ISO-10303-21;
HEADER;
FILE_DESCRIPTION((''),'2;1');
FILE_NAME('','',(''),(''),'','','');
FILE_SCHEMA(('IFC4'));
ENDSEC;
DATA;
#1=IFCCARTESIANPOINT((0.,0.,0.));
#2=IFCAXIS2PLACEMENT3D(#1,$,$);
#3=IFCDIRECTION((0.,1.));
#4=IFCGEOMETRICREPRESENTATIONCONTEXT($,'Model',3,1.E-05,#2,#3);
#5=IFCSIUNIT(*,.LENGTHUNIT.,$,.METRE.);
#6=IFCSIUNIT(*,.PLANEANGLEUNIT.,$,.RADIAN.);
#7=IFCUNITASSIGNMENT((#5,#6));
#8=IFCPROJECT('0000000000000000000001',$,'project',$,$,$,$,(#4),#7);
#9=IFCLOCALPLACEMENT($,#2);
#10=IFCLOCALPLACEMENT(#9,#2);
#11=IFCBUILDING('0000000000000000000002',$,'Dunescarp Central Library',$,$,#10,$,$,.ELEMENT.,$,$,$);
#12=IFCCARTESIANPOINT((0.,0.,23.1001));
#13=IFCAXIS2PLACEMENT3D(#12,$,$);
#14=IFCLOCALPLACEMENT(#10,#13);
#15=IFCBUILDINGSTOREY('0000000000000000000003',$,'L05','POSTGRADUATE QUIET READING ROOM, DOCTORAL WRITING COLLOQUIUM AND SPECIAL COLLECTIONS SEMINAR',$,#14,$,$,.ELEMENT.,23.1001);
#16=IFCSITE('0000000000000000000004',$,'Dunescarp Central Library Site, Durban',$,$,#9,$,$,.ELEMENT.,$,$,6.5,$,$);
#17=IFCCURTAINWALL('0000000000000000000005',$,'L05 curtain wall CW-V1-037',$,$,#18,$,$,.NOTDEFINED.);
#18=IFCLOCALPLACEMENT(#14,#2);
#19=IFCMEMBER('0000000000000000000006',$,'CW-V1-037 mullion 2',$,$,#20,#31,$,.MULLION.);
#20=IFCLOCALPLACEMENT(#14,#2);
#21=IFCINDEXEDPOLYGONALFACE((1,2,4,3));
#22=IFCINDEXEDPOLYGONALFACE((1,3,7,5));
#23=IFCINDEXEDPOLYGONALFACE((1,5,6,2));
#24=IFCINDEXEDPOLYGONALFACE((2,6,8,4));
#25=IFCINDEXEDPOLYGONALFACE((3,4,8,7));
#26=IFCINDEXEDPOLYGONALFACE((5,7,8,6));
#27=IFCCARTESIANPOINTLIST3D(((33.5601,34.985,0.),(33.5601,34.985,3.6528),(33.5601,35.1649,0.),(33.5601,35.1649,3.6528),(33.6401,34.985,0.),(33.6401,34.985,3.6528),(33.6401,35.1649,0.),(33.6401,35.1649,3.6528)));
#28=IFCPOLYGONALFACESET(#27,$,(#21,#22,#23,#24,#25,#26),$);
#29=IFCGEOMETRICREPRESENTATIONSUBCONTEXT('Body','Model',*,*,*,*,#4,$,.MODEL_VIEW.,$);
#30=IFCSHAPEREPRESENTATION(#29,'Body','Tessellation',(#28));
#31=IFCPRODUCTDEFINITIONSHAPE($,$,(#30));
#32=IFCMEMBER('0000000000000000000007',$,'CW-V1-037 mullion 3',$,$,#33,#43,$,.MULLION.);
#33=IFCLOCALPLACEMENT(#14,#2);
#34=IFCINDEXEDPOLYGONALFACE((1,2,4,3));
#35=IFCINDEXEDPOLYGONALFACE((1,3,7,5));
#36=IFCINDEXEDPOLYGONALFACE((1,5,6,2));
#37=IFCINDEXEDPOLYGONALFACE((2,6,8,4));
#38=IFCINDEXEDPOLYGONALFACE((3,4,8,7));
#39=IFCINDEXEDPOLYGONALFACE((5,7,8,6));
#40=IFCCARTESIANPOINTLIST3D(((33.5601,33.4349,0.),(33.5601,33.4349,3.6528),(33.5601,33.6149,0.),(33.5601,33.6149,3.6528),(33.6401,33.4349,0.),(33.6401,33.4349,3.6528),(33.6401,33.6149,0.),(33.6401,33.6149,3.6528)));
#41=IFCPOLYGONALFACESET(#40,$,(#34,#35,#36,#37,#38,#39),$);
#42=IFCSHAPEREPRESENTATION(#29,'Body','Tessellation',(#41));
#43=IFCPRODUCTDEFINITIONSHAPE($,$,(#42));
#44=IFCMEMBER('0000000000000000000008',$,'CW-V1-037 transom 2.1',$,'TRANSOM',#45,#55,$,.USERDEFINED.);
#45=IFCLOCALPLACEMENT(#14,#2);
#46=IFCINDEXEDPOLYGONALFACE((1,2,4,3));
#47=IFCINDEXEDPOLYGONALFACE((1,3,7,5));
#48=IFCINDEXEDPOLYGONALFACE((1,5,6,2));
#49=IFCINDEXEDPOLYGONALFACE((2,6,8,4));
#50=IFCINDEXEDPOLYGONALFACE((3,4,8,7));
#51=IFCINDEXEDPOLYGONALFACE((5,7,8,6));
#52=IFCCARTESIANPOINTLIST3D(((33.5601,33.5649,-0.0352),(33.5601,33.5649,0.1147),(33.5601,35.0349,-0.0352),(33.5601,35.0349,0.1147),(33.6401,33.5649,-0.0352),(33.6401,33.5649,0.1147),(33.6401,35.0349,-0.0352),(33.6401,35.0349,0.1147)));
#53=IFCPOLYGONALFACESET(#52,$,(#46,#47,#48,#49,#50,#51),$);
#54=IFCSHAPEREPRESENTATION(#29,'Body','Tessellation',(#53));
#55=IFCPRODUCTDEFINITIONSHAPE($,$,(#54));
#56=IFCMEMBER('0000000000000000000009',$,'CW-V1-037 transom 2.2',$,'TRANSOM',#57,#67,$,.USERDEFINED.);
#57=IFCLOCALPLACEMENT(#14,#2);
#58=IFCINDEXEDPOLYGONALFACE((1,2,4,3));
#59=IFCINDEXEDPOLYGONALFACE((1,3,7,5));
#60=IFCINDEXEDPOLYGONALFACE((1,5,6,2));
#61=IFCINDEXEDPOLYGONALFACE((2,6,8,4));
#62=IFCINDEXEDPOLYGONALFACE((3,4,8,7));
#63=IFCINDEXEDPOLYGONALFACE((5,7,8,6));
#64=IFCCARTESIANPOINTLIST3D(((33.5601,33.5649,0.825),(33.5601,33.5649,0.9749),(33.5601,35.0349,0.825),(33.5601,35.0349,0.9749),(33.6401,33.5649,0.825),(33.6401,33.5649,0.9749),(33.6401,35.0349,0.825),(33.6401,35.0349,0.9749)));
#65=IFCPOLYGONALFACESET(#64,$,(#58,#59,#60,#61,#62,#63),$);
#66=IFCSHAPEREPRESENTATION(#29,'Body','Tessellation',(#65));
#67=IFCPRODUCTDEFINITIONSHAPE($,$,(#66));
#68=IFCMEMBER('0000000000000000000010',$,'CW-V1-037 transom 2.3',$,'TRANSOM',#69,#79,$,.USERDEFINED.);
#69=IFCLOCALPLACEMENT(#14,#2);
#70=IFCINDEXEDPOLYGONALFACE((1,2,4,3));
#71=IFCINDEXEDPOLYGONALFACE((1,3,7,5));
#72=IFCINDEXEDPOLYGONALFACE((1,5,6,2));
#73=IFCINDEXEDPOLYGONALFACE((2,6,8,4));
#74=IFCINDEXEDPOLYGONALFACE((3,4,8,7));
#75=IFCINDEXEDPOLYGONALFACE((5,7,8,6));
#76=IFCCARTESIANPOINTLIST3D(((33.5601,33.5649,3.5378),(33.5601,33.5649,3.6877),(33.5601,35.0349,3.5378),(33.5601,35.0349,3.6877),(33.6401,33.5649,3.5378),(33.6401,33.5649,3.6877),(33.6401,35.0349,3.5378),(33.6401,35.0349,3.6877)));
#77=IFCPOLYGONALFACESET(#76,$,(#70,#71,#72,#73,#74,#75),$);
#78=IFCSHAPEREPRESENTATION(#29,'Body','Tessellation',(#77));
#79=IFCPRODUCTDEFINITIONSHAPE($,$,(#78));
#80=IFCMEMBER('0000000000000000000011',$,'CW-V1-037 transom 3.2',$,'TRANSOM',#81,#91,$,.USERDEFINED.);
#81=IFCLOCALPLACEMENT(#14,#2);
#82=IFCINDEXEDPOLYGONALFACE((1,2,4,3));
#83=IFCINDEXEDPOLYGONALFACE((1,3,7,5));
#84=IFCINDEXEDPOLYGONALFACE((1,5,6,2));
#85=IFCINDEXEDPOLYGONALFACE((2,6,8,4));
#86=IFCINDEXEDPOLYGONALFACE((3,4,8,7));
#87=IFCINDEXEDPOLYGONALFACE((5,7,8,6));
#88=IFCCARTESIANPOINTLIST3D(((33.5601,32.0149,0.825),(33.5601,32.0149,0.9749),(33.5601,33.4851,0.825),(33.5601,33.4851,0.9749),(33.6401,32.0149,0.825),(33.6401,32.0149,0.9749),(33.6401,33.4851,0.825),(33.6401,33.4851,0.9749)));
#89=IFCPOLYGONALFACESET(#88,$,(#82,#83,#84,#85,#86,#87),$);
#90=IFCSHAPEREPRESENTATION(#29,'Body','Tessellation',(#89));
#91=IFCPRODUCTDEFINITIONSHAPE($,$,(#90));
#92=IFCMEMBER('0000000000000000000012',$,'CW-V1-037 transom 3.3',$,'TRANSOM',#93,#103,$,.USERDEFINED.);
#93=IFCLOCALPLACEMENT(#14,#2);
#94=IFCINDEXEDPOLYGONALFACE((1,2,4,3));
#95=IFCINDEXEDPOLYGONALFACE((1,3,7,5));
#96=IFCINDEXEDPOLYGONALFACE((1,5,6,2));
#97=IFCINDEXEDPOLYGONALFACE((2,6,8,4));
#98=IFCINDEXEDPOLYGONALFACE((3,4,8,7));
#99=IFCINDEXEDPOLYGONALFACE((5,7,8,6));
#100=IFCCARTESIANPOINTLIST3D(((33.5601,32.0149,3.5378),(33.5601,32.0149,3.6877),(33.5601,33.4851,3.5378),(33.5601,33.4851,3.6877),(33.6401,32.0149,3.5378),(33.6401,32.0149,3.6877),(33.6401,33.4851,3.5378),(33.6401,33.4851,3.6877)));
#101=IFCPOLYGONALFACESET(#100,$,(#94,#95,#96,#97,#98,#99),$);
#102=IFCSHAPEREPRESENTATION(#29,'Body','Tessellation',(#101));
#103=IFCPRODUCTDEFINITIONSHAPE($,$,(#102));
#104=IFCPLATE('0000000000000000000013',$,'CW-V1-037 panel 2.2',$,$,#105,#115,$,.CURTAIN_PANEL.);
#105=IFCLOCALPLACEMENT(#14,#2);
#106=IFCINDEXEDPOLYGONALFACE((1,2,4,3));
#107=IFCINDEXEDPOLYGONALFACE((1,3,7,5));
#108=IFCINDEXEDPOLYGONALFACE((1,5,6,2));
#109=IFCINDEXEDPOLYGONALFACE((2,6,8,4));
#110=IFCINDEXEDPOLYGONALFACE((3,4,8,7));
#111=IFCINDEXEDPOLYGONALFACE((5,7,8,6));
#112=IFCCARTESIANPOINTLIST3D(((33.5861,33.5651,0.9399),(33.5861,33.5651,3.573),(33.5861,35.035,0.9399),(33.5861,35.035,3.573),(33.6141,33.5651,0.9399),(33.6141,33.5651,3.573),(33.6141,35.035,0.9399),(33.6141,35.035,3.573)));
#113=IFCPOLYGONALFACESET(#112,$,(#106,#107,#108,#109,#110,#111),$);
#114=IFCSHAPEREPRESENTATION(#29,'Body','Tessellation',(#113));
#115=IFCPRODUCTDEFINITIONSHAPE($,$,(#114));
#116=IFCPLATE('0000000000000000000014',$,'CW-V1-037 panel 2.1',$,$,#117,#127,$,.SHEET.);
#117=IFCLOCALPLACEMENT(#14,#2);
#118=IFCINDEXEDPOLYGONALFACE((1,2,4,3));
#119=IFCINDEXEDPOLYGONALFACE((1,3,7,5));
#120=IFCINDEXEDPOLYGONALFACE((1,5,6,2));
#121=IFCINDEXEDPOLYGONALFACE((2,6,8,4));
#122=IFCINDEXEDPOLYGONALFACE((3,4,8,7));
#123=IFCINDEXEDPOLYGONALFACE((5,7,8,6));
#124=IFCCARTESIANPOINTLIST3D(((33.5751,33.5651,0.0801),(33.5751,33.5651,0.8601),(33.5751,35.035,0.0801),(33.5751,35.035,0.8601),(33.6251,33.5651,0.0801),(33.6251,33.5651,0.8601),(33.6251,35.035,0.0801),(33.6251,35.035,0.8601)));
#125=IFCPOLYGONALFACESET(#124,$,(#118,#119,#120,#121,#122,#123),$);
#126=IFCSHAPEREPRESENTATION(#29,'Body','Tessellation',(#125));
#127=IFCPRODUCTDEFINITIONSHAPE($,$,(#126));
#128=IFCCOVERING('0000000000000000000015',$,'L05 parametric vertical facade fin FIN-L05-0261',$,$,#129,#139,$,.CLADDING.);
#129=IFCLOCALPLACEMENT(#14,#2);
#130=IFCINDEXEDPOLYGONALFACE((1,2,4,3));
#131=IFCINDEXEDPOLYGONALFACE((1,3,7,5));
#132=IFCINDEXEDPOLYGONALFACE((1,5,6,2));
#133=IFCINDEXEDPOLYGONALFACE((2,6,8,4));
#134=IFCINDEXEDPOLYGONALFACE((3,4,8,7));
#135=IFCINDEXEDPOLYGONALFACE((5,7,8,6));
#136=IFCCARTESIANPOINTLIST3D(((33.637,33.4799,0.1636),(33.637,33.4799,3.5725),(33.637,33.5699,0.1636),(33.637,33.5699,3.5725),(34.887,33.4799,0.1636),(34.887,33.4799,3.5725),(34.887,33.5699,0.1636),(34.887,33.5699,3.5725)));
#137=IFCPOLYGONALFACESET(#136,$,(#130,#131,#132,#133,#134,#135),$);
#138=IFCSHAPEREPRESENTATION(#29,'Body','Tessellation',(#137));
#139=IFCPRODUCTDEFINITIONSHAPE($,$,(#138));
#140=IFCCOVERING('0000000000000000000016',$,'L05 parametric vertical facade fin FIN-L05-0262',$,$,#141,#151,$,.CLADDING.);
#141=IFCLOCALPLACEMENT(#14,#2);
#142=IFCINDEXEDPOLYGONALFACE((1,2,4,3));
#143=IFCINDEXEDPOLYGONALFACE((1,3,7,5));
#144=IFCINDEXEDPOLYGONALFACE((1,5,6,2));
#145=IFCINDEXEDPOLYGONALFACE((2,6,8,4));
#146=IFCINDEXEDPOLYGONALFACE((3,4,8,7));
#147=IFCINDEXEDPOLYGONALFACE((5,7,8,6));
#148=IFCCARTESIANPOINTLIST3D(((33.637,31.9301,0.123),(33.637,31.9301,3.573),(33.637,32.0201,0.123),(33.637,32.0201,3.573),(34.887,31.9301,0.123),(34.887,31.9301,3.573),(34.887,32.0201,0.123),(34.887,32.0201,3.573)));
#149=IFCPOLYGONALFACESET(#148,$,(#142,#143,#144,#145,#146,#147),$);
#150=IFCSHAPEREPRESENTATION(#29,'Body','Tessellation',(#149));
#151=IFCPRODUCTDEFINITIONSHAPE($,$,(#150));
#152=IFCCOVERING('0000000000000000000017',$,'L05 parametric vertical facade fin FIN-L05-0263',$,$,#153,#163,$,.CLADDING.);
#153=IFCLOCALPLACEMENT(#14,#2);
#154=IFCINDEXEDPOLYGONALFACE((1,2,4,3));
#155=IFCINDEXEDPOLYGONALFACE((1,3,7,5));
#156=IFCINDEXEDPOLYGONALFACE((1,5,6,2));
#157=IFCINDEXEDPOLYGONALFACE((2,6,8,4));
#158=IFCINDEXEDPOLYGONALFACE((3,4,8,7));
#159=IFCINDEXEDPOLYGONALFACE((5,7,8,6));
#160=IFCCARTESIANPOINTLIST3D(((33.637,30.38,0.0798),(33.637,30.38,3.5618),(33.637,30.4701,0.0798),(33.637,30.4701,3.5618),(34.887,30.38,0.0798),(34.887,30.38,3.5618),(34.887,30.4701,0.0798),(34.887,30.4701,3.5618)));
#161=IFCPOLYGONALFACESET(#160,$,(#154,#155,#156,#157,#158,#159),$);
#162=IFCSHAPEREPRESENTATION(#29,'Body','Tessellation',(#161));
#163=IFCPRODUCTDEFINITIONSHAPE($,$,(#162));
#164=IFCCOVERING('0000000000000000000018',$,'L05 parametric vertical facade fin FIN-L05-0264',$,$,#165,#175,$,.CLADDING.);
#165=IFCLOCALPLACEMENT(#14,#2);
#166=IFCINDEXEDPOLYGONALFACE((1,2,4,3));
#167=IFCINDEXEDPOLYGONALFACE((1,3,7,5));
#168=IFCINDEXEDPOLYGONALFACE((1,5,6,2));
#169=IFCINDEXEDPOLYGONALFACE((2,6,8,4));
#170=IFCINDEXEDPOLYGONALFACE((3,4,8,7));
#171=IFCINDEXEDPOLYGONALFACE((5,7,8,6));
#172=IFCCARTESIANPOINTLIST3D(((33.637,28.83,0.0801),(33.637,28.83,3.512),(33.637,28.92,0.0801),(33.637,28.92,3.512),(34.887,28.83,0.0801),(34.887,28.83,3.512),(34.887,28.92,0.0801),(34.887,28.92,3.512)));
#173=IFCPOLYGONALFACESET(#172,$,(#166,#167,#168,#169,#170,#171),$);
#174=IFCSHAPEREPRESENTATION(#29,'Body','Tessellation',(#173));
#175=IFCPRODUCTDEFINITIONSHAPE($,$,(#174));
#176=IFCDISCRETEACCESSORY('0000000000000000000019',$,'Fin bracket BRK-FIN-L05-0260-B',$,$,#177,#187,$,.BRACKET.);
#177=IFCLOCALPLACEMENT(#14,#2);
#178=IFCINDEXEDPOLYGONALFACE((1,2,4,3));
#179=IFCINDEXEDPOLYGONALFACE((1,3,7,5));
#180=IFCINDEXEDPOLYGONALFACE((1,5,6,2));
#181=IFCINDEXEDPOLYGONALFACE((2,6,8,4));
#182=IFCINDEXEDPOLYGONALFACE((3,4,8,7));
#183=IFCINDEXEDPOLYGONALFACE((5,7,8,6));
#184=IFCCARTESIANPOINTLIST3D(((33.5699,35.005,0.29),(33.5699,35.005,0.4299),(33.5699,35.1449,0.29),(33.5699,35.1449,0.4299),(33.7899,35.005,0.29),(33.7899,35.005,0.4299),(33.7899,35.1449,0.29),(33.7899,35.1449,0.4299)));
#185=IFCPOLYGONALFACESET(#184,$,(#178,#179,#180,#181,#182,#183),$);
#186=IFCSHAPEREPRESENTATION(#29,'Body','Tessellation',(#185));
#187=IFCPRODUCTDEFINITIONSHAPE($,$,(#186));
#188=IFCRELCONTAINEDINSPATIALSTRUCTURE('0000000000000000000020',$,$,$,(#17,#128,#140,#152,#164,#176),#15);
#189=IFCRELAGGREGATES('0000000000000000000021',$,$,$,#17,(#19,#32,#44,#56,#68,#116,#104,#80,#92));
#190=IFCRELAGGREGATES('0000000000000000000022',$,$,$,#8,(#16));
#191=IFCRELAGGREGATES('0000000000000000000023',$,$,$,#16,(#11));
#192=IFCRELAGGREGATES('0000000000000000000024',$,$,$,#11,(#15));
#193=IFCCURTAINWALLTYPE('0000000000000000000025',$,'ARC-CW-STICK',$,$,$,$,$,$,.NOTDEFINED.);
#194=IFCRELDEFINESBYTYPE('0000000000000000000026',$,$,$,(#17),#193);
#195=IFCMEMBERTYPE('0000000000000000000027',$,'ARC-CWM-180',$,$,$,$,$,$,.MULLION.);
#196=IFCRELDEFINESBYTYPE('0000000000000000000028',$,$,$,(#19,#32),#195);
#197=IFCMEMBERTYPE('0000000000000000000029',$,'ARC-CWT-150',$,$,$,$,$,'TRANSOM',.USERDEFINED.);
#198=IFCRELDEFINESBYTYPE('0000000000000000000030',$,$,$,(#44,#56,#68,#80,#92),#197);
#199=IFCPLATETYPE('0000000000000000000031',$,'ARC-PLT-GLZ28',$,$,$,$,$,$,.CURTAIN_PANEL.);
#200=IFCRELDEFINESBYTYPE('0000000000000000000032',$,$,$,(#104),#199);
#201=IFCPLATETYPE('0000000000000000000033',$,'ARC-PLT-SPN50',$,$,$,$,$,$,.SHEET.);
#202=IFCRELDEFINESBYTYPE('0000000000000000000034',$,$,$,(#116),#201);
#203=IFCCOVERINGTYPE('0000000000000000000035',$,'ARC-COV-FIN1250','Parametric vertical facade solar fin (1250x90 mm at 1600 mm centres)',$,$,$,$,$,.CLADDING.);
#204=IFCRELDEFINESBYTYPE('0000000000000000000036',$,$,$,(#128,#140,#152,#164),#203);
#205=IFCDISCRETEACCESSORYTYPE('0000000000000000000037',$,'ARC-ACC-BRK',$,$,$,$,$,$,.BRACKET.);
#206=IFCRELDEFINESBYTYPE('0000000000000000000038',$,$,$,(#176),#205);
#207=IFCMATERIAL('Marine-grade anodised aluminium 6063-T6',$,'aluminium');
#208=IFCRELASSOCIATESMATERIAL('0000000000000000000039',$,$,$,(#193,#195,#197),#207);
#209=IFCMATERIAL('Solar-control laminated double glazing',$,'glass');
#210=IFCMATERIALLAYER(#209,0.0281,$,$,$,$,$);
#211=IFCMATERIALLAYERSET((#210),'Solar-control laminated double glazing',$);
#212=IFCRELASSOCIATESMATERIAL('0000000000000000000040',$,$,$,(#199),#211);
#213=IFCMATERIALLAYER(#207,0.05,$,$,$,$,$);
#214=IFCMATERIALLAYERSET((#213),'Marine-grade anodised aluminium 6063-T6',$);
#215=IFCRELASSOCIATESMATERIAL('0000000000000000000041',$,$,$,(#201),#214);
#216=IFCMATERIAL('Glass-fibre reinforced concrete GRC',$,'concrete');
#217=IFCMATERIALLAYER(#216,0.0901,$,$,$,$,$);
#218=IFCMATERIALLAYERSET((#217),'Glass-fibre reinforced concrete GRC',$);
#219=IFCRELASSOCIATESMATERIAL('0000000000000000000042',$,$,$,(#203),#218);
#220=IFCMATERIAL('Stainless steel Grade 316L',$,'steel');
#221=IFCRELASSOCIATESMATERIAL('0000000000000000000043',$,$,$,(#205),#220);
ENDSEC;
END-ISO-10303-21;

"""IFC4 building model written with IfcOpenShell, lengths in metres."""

from ifc_helpers import new_model, si_unit, direction, frame, origin, origin_2d, place, context, subcontext, project, spatial, rectangle, extrude, material, layer, layer_set, material_profile, profile_set, type_object, element, aggregate, save


model = new_model("IFC4")

# Units and contexts
model_context = context("Model", 3, precision=1e-05, world=origin(), true_north=direction((0.0, 1.0)))
body_context = subcontext(model_context, "Body", "Model", "MODEL_VIEW")
ifc_project = project(units=[si_unit("LENGTHUNIT", "METRE"), si_unit("PLANEANGLEUNIT", "RADIAN")], contexts=[model_context])

# Site, building, storey
site_placement = place(None, origin())
site = spatial("IfcSite", under=ifc_project, at=site_placement, Name="Dunescarp Central Library Site, Durban", CompositionType="ELEMENT", RefElevation=6.5)
building_placement = place(site_placement, origin())
building = spatial("IfcBuilding", under=site, at=building_placement, Name="Dunescarp Central Library", CompositionType="ELEMENT")
storey_placement = place(building_placement, frame((0.0, 0.0, 23.1001)))
storey = spatial("IfcBuildingStorey", under=building, at=storey_placement, Name="L05", Description="POSTGRADUATE QUIET READING ROOM, DOCTORAL WRITING COLLOQUIUM AND SPECIAL COLLECTIONS SEMINAR", CompositionType="ELEMENT", Elevation=23.1001)

# Curtain wall, members, plates
ifc_material_1 = material(Name="Marine-grade anodised aluminium 6063-T6", Category="aluminium")
curtain_wall_type = type_object("IfcCurtainWallType", Name="ARC-CW-STICK", PredefinedType="NOTDEFINED", material=ifc_material_1)
curtain_wall_placement = place(storey_placement, origin())
curtain_wall = element("IfcCurtainWall", 1, at=curtain_wall_placement, inside=storey, type_object=curtain_wall_type, Name="L05 curtain wall CW-V1-037", PredefinedType="NOTDEFINED")
ifc_material_profile_1 = material_profile(ifc_material_1, rectangle(XDim=0.0801, YDim=0.1799, at=origin_2d()), Name="AL 80x180")
ifc_profile_set_1 = profile_set([ifc_material_profile_1], Name="Marine-grade anodised aluminium 6063-T6")
member_type_1 = type_object("IfcMemberType", Name="ARC-CWM-180", PredefinedType="MULLION", material=ifc_profile_set_1)
member_1_placement = place(storey_placement, frame((33.6001, 35.075, 0.0), z_axis=(0.0, 0.0, 1.0), x_axis=(1.0, 0.0, 0.0)))
member_1 = element("IfcMember", 2, at=member_1_placement, type_object=member_type_1, Name="CW-V1-037 mullion 2", PredefinedType="MULLION", context=body_context, shape_type="SweptSolid", body=[
    extrude(rectangle(XDim=0.0801, YDim=0.1799, at=origin_2d()), origin(), (0.0, 0.0, 1.0), 3.6528),
])
member_2_placement = place(storey_placement, frame((33.6001, 33.5249, 0.0), z_axis=(0.0, 0.0, 1.0), x_axis=(1.0, 0.0, 0.0)))
member_2 = element("IfcMember", 3, at=member_2_placement, type_object=member_type_1, Name="CW-V1-037 mullion 3", PredefinedType="MULLION", context=body_context, shape_type="SweptSolid", body=[
    extrude(rectangle(XDim=0.0801, YDim=0.1799, at=origin_2d()), origin(), (0.0, 0.0, 1.0), 3.6528),
])
ifc_material_profile_2 = material_profile(ifc_material_1, rectangle(XDim=0.0801, YDim=0.1499, at=origin_2d()), Name="AL 80x150")
ifc_profile_set_2 = profile_set([ifc_material_profile_2], Name="Marine-grade anodised aluminium 6063-T6")
member_type_2 = type_object("IfcMemberType", Name="ARC-CWT-150", ElementType="TRANSOM", PredefinedType="USERDEFINED", material=ifc_profile_set_2)
member_3_placement = place(storey_placement, frame((33.6001, 35.0349, 0.0398), z_axis=(0.0, -1.0, 0.0), x_axis=(1.0, 0.0, 0.0)))
member_3 = element("IfcMember", 4, at=member_3_placement, type_object=member_type_2, Name="CW-V1-037 transom 2.1", ObjectType="TRANSOM", PredefinedType="USERDEFINED", context=body_context, shape_type="SweptSolid", body=[
    extrude(rectangle(XDim=0.0801, YDim=0.1499, at=origin_2d()), origin(), (0.0, 0.0, 1.0), 1.47),
])
member_4_placement = place(storey_placement, frame((33.6001, 35.0349, 0.8999), z_axis=(0.0, -1.0, 0.0), x_axis=(1.0, 0.0, 0.0)))
member_4 = element("IfcMember", 5, at=member_4_placement, type_object=member_type_2, Name="CW-V1-037 transom 2.2", ObjectType="TRANSOM", PredefinedType="USERDEFINED", context=body_context, shape_type="SweptSolid", body=[
    extrude(rectangle(XDim=0.0801, YDim=0.1499, at=origin_2d()), origin(), (0.0, 0.0, 1.0), 1.47),
])
member_5_placement = place(storey_placement, frame((33.6001, 35.0349, 3.6128), z_axis=(0.0, -1.0, 0.0), x_axis=(1.0, 0.0, 0.0)))
member_5 = element("IfcMember", 6, at=member_5_placement, type_object=member_type_2, Name="CW-V1-037 transom 2.3", ObjectType="TRANSOM", PredefinedType="USERDEFINED", context=body_context, shape_type="SweptSolid", body=[
    extrude(rectangle(XDim=0.0801, YDim=0.1499, at=origin_2d()), origin(), (0.0, 0.0, 1.0), 1.47),
])
member_6_placement = place(storey_placement, frame((33.6001, 33.4851, 0.8999), z_axis=(0.0, -1.0, 0.0), x_axis=(1.0, 0.0, 0.0)))
member_6 = element("IfcMember", 7, at=member_6_placement, type_object=member_type_2, Name="CW-V1-037 transom 3.2", ObjectType="TRANSOM", PredefinedType="USERDEFINED", context=body_context, shape_type="SweptSolid", body=[
    extrude(rectangle(XDim=0.0801, YDim=0.1499, at=origin_2d()), origin(), (0.0, 0.0, 1.0), 1.4702),
])
member_7_placement = place(storey_placement, frame((33.6001, 33.4851, 3.6128), z_axis=(0.0, -1.0, 0.0), x_axis=(1.0, 0.0, 0.0)))
member_7 = element("IfcMember", 8, at=member_7_placement, type_object=member_type_2, Name="CW-V1-037 transom 3.3", ObjectType="TRANSOM", PredefinedType="USERDEFINED", context=body_context, shape_type="SweptSolid", body=[
    extrude(rectangle(XDim=0.0801, YDim=0.1499, at=origin_2d()), origin(), (0.0, 0.0, 1.0), 1.4702),
])
ifc_material_2 = material(Name="Solar-control laminated double glazing", Category="glass")
ifc_layer_1 = layer(ifc_material_2, 0.0281)
ifc_layer_set_1 = layer_set([ifc_layer_1], Name="Solar-control laminated double glazing")
plate_type_1 = type_object("IfcPlateType", Name="ARC-PLT-GLZ28", PredefinedType="CURTAIN_PANEL", material=ifc_layer_set_1)
plate_1_placement = place(storey_placement, frame((33.6001, 34.3, 0.9399), z_axis=(0.0, 0.0, 1.0), x_axis=(0.0, -1.0, 0.0)))
plate_1 = element("IfcPlate", 9, at=plate_1_placement, type_object=plate_type_1, Name="CW-V1-037 panel 2.2", PredefinedType="CURTAIN_PANEL", context=body_context, shape_type="SweptSolid", body=[
    extrude(rectangle(XDim=1.47, YDim=0.0281, at=origin_2d()), origin(), (0.0, 0.0, 1.0), 2.6331),
])
ifc_layer_2 = layer(ifc_material_1, 0.05)
ifc_layer_set_2 = layer_set([ifc_layer_2], Name="Marine-grade anodised aluminium 6063-T6")
plate_type_2 = type_object("IfcPlateType", Name="ARC-PLT-SPN50", PredefinedType="SHEET", material=ifc_layer_set_2)
plate_2_placement = place(storey_placement, frame((33.6001, 34.3, 0.0801), z_axis=(0.0, 0.0, 1.0), x_axis=(0.0, -1.0, 0.0)))
plate_2 = element("IfcPlate", 10, at=plate_2_placement, type_object=plate_type_2, Name="CW-V1-037 panel 2.1", PredefinedType="SHEET", context=body_context, shape_type="SweptSolid", body=[
    extrude(rectangle(XDim=1.47, YDim=0.05, at=origin_2d()), origin(), (0.0, 0.0, 1.0), 0.78),
])
aggregate(curtain_wall, [member_1, member_2, member_3, member_4, member_5, plate_2, plate_1, member_6, member_7])

# Coverings
ifc_material_3 = material(Name="Glass-fibre reinforced concrete GRC", Category="concrete")
ifc_layer_3 = layer(ifc_material_3, 0.0901)
ifc_layer_set_3 = layer_set([ifc_layer_3], Name="Glass-fibre reinforced concrete GRC")
covering_type = type_object("IfcCoveringType", Name="ARC-COV-FIN1250", Description="Parametric vertical facade solar fin (1250x90 mm at 1600 mm centres)", PredefinedType="CLADDING", material=ifc_layer_set_3)
covering_1_placement = place(storey_placement, frame((34.262, 33.5249, 0.1636), z_axis=(0.0, 0.0, 1.0), x_axis=(1.0, 0.0, 0.0)))
element("IfcCovering", 11, at=covering_1_placement, inside=storey, type_object=covering_type, Name="L05 parametric vertical facade fin FIN-L05-0261", PredefinedType="CLADDING", context=body_context, shape_type="SweptSolid", body=[
    extrude(rectangle(XDim=1.25, YDim=0.0901, at=origin_2d()), origin(), (0.0, 0.0, 1.0), 3.4089),
])
covering_2_placement = place(storey_placement, frame((34.262, 31.9751, 0.123), z_axis=(0.0, 0.0, 1.0), x_axis=(1.0, 0.0, 0.0)))
element("IfcCovering", 12, at=covering_2_placement, inside=storey, type_object=covering_type, Name="L05 parametric vertical facade fin FIN-L05-0262", PredefinedType="CLADDING", context=body_context, shape_type="SweptSolid", body=[
    extrude(rectangle(XDim=1.25, YDim=0.0901, at=origin_2d()), origin(), (0.0, 0.0, 1.0), 3.45),
])
covering_3_placement = place(storey_placement, frame((34.262, 30.425, 0.0798), z_axis=(0.0, 0.0, 1.0), x_axis=(1.0, 0.0, 0.0)))
element("IfcCovering", 13, at=covering_3_placement, inside=storey, type_object=covering_type, Name="L05 parametric vertical facade fin FIN-L05-0263", PredefinedType="CLADDING", context=body_context, shape_type="SweptSolid", body=[
    extrude(rectangle(XDim=1.25, YDim=0.0901, at=origin_2d()), origin(), (0.0, 0.0, 1.0), 3.4819),
])
covering_4_placement = place(storey_placement, frame((34.262, 28.875, 0.0801), z_axis=(0.0, 0.0, 1.0), x_axis=(1.0, 0.0, 0.0)))
element("IfcCovering", 14, at=covering_4_placement, inside=storey, type_object=covering_type, Name="L05 parametric vertical facade fin FIN-L05-0264", PredefinedType="CLADDING", context=body_context, shape_type="SweptSolid", body=[
    extrude(rectangle(XDim=1.25, YDim=0.0901, at=origin_2d()), origin(), (0.0, 0.0, 1.0), 3.4319),
])

# Discrete accessory
ifc_material_4 = material(Name="Stainless steel Grade 316L", Category="steel")
discrete_accessory_type = type_object("IfcDiscreteAccessoryType", Name="ARC-ACC-BRK", PredefinedType="BRACKET", material=ifc_material_4)
for number, where, z_axis, x_axis, name in (
    (15, (33.6799, 35.075, 0.29), (0.0, 0.0, 1.0), (1.0, 0.0, 0.0), "Fin bracket BRK-FIN-L05-0260-B"),
):
    element("IfcDiscreteAccessory", number, at=place(storey_placement, frame(where, z_axis=z_axis, x_axis=x_axis)), inside=storey, type_object=discrete_accessory_type, Name=name, PredefinedType="BRACKET", context=body_context, shape_type="SweptSolid", body=[
        extrude(rectangle(XDim=0.22, YDim=0.1399, at=origin_2d()), origin(), (0.0, 0.0, 1.0), 0.1399),
    ])

save(model, "model.ifc")
